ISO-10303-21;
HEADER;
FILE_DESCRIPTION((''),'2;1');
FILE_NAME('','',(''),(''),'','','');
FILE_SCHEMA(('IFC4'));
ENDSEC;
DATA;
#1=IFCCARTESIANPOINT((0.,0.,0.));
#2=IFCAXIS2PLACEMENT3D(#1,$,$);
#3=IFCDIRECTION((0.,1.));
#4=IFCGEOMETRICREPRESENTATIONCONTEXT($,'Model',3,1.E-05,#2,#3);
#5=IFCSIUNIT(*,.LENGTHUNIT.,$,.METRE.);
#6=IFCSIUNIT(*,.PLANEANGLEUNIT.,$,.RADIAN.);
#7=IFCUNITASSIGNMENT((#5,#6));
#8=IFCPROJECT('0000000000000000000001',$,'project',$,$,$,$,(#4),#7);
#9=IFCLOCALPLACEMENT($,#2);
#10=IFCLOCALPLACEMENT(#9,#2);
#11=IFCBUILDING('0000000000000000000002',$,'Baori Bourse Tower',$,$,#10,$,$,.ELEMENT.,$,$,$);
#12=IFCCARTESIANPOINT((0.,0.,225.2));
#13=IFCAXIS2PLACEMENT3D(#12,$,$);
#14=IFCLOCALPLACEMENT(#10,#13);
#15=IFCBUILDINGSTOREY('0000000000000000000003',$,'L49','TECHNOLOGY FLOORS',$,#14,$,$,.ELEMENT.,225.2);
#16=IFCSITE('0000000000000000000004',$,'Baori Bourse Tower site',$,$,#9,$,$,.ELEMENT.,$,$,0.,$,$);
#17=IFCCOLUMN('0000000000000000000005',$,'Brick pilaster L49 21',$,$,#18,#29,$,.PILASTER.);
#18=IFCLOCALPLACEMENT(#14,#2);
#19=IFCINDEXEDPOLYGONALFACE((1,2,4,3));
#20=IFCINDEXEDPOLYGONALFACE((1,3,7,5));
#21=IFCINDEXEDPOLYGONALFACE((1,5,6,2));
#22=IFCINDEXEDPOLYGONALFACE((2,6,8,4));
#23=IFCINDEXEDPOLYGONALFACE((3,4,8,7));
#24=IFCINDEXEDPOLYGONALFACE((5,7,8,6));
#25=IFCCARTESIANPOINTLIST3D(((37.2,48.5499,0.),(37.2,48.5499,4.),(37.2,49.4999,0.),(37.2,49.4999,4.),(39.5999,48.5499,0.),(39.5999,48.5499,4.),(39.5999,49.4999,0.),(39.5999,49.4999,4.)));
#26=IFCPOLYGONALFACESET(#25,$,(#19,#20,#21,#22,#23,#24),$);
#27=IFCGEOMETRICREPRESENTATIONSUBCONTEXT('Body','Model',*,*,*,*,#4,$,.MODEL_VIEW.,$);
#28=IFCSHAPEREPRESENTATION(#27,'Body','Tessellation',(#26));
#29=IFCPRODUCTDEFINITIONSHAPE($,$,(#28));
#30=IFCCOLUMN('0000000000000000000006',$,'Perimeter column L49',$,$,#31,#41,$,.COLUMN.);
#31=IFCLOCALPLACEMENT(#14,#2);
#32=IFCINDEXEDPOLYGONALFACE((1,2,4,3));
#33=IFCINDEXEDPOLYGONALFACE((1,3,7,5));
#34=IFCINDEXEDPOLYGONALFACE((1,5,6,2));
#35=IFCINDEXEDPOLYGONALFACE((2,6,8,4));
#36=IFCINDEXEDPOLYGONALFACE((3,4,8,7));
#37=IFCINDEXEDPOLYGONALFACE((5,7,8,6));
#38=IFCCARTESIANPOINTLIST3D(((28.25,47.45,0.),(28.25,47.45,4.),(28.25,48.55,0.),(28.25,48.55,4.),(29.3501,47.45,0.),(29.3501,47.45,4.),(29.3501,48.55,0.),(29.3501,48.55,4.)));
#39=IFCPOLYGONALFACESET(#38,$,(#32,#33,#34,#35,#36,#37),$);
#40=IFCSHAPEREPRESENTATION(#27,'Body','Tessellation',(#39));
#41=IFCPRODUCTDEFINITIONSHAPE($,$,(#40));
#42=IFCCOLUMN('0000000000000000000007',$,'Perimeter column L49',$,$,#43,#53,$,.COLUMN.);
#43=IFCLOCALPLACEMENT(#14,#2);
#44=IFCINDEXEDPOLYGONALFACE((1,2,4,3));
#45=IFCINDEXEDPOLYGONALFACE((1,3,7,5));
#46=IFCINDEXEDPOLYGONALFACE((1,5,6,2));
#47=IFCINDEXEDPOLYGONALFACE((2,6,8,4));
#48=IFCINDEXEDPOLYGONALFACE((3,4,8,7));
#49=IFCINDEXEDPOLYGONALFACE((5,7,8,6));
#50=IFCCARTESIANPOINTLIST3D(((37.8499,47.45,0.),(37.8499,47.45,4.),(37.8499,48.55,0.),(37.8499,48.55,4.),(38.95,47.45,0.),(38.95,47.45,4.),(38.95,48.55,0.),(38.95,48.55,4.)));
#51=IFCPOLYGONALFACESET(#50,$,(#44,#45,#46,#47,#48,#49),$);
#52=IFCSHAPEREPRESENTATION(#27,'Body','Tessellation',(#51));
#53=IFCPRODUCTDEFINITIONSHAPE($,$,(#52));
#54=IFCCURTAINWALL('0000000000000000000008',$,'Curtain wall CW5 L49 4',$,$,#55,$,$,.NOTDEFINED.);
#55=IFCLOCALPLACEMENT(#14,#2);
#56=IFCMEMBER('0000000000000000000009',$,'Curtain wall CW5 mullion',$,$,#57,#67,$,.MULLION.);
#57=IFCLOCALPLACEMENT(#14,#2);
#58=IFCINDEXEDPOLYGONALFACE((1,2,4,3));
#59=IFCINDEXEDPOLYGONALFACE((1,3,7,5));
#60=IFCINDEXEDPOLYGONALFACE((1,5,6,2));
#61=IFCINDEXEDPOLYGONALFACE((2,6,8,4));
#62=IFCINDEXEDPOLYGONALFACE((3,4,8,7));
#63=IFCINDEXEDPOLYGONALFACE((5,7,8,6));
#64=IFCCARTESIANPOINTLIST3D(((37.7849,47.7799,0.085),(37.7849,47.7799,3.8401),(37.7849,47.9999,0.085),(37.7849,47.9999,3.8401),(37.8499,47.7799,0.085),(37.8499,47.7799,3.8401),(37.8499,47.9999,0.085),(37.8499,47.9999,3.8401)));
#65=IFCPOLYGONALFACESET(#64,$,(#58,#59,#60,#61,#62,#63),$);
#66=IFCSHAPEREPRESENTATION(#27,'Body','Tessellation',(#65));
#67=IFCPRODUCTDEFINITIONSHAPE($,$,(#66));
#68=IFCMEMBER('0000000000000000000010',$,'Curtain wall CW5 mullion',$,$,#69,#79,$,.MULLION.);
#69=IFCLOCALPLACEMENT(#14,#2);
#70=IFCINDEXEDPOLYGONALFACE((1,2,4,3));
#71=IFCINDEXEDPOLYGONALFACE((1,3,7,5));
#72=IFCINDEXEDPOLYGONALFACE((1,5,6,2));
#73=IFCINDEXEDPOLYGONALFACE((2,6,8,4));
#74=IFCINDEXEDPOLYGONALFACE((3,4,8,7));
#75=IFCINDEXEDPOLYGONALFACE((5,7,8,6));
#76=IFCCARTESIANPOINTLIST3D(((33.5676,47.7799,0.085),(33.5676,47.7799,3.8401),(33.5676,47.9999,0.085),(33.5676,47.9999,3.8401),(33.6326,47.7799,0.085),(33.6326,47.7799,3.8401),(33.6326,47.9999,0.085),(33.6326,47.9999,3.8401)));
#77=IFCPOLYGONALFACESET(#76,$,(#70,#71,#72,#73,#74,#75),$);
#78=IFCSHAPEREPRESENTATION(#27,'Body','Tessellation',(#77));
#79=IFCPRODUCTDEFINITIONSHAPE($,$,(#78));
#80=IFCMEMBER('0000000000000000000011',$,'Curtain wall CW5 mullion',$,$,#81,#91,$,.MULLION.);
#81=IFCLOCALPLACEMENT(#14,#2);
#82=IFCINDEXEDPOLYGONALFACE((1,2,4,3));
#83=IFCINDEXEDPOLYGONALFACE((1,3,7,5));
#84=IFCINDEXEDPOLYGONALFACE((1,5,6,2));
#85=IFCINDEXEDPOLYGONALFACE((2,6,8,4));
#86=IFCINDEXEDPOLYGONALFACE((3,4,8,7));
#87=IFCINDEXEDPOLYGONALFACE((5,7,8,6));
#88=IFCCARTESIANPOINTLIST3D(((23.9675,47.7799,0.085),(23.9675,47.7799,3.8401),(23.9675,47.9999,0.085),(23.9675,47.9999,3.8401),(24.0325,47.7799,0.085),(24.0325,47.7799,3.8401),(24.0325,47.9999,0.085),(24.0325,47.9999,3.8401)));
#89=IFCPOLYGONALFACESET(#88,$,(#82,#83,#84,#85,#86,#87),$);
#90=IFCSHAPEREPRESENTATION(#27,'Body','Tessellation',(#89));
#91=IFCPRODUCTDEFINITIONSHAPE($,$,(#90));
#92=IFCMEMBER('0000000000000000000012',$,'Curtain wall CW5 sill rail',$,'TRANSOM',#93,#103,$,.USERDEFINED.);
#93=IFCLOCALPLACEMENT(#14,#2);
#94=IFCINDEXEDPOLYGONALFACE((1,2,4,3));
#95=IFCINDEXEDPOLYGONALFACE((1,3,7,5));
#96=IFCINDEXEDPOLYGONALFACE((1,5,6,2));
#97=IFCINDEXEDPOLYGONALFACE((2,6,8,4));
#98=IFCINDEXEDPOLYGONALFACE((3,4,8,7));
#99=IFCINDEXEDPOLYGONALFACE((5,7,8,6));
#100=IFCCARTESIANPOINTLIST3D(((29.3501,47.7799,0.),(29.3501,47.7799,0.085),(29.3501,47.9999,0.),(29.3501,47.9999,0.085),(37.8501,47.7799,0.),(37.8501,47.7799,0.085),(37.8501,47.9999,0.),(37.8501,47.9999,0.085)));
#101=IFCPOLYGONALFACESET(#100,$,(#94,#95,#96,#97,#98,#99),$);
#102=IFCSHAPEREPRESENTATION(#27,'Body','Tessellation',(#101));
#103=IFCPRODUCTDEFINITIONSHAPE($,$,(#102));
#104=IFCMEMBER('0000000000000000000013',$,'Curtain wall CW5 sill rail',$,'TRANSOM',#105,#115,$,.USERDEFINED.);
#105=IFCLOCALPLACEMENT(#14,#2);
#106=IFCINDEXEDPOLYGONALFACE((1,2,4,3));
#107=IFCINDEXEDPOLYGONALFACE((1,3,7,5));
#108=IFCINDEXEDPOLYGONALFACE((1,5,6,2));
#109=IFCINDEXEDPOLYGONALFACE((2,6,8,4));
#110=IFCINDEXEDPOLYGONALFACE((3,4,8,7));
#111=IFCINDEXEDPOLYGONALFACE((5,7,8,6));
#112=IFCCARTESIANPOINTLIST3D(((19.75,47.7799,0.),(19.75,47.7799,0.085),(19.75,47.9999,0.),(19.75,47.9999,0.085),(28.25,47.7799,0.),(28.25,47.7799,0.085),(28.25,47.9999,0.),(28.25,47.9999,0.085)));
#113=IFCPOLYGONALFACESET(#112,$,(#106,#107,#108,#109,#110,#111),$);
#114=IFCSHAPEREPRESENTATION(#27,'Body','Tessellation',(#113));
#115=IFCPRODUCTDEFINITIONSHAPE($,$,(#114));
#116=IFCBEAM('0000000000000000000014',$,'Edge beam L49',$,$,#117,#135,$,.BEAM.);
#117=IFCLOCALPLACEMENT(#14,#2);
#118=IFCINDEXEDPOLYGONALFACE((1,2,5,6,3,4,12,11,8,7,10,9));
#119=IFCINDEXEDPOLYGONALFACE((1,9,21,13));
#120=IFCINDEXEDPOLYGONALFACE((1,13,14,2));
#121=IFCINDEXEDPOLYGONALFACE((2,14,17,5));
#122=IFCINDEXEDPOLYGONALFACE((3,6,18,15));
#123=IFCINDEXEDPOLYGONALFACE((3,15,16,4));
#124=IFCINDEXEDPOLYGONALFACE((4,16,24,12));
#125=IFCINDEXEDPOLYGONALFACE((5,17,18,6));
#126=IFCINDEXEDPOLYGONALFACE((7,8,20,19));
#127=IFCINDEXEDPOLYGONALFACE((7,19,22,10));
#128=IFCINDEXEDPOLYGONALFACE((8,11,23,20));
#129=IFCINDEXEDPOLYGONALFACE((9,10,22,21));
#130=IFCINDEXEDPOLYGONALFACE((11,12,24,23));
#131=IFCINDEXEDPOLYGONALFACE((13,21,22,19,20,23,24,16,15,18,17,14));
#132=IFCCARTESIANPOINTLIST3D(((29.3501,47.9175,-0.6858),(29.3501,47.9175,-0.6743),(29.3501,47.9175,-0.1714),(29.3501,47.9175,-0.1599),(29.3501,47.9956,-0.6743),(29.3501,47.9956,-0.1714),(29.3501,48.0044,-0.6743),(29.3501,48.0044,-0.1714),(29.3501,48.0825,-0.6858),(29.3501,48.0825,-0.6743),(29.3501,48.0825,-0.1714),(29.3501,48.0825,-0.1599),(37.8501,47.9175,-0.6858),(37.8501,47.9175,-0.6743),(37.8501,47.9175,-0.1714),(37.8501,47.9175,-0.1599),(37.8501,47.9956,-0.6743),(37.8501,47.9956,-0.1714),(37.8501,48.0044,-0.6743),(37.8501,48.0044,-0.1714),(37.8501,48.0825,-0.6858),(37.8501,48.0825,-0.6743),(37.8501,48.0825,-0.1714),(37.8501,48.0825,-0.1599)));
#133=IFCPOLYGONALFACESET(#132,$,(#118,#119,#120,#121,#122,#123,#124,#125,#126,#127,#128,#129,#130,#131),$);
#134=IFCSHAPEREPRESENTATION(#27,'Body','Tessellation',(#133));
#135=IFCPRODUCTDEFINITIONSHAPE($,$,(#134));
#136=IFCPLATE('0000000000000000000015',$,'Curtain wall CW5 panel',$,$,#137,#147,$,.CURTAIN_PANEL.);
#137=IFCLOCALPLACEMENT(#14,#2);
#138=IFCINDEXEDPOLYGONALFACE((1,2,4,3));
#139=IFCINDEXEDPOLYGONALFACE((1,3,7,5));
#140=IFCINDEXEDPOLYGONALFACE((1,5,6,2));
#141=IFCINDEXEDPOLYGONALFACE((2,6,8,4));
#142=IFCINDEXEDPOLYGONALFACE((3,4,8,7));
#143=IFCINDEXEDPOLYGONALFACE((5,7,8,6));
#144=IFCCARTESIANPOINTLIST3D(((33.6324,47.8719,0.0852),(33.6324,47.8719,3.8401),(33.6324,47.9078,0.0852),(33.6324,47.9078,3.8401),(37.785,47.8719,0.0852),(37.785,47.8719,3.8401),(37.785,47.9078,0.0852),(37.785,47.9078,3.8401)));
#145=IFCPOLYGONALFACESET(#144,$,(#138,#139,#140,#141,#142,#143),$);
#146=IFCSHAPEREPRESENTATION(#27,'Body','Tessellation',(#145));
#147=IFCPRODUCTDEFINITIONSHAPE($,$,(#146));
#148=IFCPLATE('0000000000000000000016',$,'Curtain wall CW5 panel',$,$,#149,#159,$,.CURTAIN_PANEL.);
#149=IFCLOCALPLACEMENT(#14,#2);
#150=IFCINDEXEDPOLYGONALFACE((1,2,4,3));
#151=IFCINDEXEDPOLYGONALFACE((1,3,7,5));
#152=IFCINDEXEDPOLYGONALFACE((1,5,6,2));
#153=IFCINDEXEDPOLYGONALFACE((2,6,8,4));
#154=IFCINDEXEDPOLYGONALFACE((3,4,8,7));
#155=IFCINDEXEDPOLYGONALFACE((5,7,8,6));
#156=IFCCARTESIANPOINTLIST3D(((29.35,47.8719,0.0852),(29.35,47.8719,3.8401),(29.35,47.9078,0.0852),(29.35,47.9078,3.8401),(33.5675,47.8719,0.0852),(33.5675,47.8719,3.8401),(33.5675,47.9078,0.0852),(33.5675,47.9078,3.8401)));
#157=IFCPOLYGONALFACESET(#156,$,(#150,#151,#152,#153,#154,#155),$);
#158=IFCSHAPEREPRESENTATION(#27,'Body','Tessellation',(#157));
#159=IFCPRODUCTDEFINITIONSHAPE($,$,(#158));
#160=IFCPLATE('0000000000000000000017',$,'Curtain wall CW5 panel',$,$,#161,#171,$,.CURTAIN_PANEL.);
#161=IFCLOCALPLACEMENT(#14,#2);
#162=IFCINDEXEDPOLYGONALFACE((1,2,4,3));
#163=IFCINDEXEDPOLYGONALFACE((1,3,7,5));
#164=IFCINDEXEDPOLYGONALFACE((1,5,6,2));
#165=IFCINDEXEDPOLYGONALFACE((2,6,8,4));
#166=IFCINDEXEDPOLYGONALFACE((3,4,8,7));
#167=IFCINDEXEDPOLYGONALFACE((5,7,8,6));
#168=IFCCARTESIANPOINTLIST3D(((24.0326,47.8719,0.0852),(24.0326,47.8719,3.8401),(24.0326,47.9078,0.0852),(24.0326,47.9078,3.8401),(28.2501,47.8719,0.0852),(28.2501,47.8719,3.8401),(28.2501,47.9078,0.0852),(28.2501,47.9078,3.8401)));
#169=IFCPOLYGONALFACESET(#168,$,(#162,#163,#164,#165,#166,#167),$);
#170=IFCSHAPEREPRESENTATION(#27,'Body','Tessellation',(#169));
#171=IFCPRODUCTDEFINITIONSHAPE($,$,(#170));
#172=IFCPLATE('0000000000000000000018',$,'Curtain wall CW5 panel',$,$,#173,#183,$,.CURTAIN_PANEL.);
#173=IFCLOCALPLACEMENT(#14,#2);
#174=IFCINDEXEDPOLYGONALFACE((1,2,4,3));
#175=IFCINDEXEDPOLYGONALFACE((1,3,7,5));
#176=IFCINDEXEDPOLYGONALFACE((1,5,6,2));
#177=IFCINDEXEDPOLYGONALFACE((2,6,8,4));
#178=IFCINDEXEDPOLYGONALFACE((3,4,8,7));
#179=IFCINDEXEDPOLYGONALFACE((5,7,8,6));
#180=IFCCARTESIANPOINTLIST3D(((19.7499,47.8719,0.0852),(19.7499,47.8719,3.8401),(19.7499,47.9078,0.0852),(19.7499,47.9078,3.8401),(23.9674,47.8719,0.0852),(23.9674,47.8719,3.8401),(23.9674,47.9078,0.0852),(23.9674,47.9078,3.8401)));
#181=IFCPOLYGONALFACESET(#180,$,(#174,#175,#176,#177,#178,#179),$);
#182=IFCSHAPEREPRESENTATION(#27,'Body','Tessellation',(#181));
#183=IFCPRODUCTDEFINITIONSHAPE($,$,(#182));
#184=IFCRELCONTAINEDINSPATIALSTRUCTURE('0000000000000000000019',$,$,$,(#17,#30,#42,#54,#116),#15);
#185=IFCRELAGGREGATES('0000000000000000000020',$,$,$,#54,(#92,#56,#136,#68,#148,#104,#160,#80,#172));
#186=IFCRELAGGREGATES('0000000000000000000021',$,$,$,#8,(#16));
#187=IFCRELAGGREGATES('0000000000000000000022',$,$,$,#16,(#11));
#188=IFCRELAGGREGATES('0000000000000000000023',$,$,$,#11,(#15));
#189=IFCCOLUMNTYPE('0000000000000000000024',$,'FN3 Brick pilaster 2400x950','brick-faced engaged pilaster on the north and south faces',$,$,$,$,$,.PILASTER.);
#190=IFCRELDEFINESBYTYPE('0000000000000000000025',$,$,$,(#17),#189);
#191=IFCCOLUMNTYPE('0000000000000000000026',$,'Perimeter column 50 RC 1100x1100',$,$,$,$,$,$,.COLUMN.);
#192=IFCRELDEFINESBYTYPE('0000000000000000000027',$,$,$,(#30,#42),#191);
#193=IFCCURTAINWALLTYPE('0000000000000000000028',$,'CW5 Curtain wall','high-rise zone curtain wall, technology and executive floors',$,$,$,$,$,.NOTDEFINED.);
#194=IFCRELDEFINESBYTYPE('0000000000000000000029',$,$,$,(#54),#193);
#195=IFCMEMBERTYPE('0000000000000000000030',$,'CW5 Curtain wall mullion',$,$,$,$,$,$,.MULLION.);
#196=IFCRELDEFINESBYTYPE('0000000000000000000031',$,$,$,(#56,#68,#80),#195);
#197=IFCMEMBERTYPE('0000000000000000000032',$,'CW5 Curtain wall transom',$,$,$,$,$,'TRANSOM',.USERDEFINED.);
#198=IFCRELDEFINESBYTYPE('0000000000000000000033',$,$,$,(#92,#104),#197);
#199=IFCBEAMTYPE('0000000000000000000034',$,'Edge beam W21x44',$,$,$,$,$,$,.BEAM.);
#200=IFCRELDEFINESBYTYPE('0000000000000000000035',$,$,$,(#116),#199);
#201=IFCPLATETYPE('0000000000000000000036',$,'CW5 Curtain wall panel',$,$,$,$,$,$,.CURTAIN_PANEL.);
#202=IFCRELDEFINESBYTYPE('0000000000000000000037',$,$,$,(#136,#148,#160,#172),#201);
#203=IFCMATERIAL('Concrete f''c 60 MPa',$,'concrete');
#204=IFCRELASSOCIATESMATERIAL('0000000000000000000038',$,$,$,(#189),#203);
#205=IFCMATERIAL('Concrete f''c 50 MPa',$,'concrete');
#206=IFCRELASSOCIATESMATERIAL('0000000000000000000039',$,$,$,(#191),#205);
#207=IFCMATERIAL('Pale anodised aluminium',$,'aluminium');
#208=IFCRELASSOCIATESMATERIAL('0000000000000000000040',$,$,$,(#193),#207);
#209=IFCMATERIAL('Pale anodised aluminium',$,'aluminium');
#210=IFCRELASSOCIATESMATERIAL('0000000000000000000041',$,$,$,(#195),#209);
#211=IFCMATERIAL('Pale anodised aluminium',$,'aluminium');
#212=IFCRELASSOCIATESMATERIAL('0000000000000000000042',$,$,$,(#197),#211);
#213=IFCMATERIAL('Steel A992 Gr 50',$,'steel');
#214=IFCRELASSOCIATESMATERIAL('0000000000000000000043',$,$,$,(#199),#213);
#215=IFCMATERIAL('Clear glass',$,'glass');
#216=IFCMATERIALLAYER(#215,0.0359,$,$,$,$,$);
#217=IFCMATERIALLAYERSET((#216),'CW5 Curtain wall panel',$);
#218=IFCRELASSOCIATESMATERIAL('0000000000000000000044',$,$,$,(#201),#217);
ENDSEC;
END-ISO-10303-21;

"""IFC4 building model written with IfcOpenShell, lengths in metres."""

from ifc_helpers import new_model, si_unit, direction, frame, origin, origin_2d, place, context, subcontext, project, spatial, rectangle, i_section, extrude, material, layer, layer_set, material_profile, profile_set, type_object, element, aggregate, save


model = new_model("IFC4")

# Units and contexts
model_context = context("Model", 3, precision=1e-05, world=origin(), true_north=direction((0.0, 1.0)))
body_context = subcontext(model_context, "Body", "Model", "MODEL_VIEW")
ifc_project = project(units=[si_unit("LENGTHUNIT", "METRE"), si_unit("PLANEANGLEUNIT", "RADIAN")], contexts=[model_context])

# Site, building, storey
site_placement = place(None, origin())
site = spatial("IfcSite", under=ifc_project, at=site_placement, Name="Baori Bourse Tower site", CompositionType="ELEMENT", RefElevation=0.0)
building_placement = place(site_placement, origin())
building = spatial("IfcBuilding", under=site, at=building_placement, Name="Baori Bourse Tower", CompositionType="ELEMENT")
storey_placement = place(building_placement, frame((0.0, 0.0, 225.2)))
storey = spatial("IfcBuildingStorey", under=building, at=storey_placement, Name="L49", Description="TECHNOLOGY FLOORS", CompositionType="ELEMENT", Elevation=225.2)

# Columns
ifc_material_1 = material(Name="Concrete f'c 60 MPa", Category="concrete")
ifc_material_profile_1 = material_profile(ifc_material_1, rectangle(XDim=2.3999, YDim=0.95, at=origin_2d()), Name="RC 2400x950")
ifc_profile_set_1 = profile_set([ifc_material_profile_1], Name="Concrete f'c 60 MPa")
column_type_1 = type_object("IfcColumnType", Name="FN3 Brick pilaster 2400x950", Description="brick-faced engaged pilaster on the north and south faces", PredefinedType="PILASTER", material=ifc_profile_set_1)
column_placement = place(storey_placement, frame((38.3999, 49.0249, 0.0), z_axis=(0.0, 0.0, 1.0), x_axis=(1.0, 0.0, 0.0)))
element("IfcColumn", 1, at=column_placement, inside=storey, type_object=column_type_1, Name="Brick pilaster L49 21", PredefinedType="PILASTER", context=body_context, shape_type="SweptSolid", body=[
    extrude(rectangle(XDim=2.3999, YDim=0.95, at=origin_2d()), origin(), (0.0, 0.0, 1.0), 4.0),
])
ifc_material_2 = material(Name="Concrete f'c 50 MPa", Category="concrete")
ifc_material_profile_2 = material_profile(ifc_material_2, rectangle(XDim=1.1001, YDim=1.1001, at=origin_2d()), Name="RC 1100x1100")
ifc_profile_set_2 = profile_set([ifc_material_profile_2], Name="Concrete f'c 50 MPa")
column_type_2 = type_object("IfcColumnType", Name="Perimeter column 50 RC 1100x1100", PredefinedType="COLUMN", material=ifc_profile_set_2)
for number, where, z_axis, x_axis, name in (
    (2, (28.8, 48.0, 0.0), (0.0, 0.0, 1.0), (1.0, 0.0, 0.0), "Perimeter column L49"),
    (3, (38.3999, 48.0, 0.0), (0.0, 0.0, 1.0), (1.0, 0.0, 0.0), "Perimeter column L49"),
):
    element("IfcColumn", number, at=place(storey_placement, frame(where, z_axis=z_axis, x_axis=x_axis)), inside=storey, type_object=column_type_2, Name=name, PredefinedType="COLUMN", context=body_context, shape_type="SweptSolid", body=[
        extrude(rectangle(XDim=1.1001, YDim=1.1001, at=origin_2d()), origin(), (0.0, 0.0, 1.0), 4.0),
    ])

# Curtain wall, members
ifc_material_3 = material(Name="Pale anodised aluminium", Category="aluminium")
curtain_wall_type = type_object("IfcCurtainWallType", Name="CW5 Curtain wall", Description="high-rise zone curtain wall, technology and executive floors", PredefinedType="NOTDEFINED", material=ifc_material_3)
curtain_wall_placement = place(storey_placement, origin())
curtain_wall = element("IfcCurtainWall", 4, at=curtain_wall_placement, inside=storey, type_object=curtain_wall_type, Name="Curtain wall CW5 L49 4", PredefinedType="NOTDEFINED")
ifc_material_4 = material(Name="Pale anodised aluminium", Category="aluminium")
ifc_material_profile_3 = material_profile(ifc_material_4, rectangle(XDim=0.22, YDim=0.0649, at=origin_2d()), Name="Mullion 65x220")
ifc_profile_set_3 = profile_set([ifc_material_profile_3], Name="Pale anodised aluminium")
member_type_1 = type_object("IfcMemberType", Name="CW5 Curtain wall mullion", PredefinedType="MULLION", material=ifc_profile_set_3)
member_1_placement = place(storey_placement, frame((37.8174, 47.8899, 0.085), z_axis=(0.0, 0.0, 1.0), x_axis=(0.0, -1.0, 0.0)))
member_1 = element("IfcMember", 5, at=member_1_placement, type_object=member_type_1, Name="Curtain wall CW5 mullion", PredefinedType="MULLION", context=body_context, shape_type="SweptSolid", body=[
    extrude(rectangle(XDim=0.22, YDim=0.0649, at=origin_2d()), origin(), (0.0, 0.0, 1.0), 3.7551),
])
member_2_placement = place(storey_placement, frame((33.6001, 47.8899, 0.085), z_axis=(0.0, 0.0, 1.0), x_axis=(0.0, -1.0, 0.0)))
member_2 = element("IfcMember", 6, at=member_2_placement, type_object=member_type_1, Name="Curtain wall CW5 mullion", PredefinedType="MULLION", context=body_context, shape_type="SweptSolid", body=[
    extrude(rectangle(XDim=0.22, YDim=0.0649, at=origin_2d()), origin(), (0.0, 0.0, 1.0), 3.7551),
])
member_3_placement = place(storey_placement, frame((24.0, 47.8899, 0.085), z_axis=(0.0, 0.0, 1.0), x_axis=(0.0, -1.0, 0.0)))
member_3 = element("IfcMember", 7, at=member_3_placement, type_object=member_type_1, Name="Curtain wall CW5 mullion", PredefinedType="MULLION", context=body_context, shape_type="SweptSolid", body=[
    extrude(rectangle(XDim=0.22, YDim=0.0649, at=origin_2d()), origin(), (0.0, 0.0, 1.0), 3.7551),
])
ifc_material_5 = material(Name="Pale anodised aluminium", Category="aluminium")
ifc_material_profile_4 = material_profile(ifc_material_5, rectangle(XDim=0.22, YDim=0.085, at=origin_2d()), Name="Transom 85x220")
ifc_profile_set_4 = profile_set([ifc_material_profile_4], Name="Pale anodised aluminium")
member_type_2 = type_object("IfcMemberType", Name="CW5 Curtain wall transom", ElementType="TRANSOM", PredefinedType="USERDEFINED", material=ifc_profile_set_4)
member_4_placement = place(storey_placement, frame((37.8501, 47.8899, 0.0425), z_axis=(-1.0, 0.0, 0.0), x_axis=(0.0, -1.0, 0.0)))
member_4 = element("IfcMember", 8, at=member_4_placement, type_object=member_type_2, Name="Curtain wall CW5 sill rail", ObjectType="TRANSOM", PredefinedType="USERDEFINED", context=body_context, shape_type="SweptSolid", body=[
    extrude(rectangle(XDim=0.22, YDim=0.085, at=origin_2d()), origin(), (0.0, 0.0, 1.0), 8.5),
])
member_5_placement = place(storey_placement, frame((28.25, 47.8899, 0.0425), z_axis=(-1.0, 0.0, 0.0), x_axis=(0.0, -1.0, 0.0)))
member_5 = element("IfcMember", 9, at=member_5_placement, type_object=member_type_2, Name="Curtain wall CW5 sill rail", ObjectType="TRANSOM", PredefinedType="USERDEFINED", context=body_context, shape_type="SweptSolid", body=[
    extrude(rectangle(XDim=0.22, YDim=0.085, at=origin_2d()), origin(), (0.0, 0.0, 1.0), 8.5),
])

# Beam
ifc_material_6 = material(Name="Steel A992 Gr 50", Category="steel")
ifc_material_profile_5 = material_profile(ifc_material_6, i_section(OverallWidth=0.165, OverallDepth=0.5259, WebThickness=0.0088, FlangeThickness=0.0115, at=origin_2d()), Name="W21x44")
ifc_profile_set_5 = profile_set([ifc_material_profile_5], Name="Steel A992 Gr 50")
beam_type = type_object("IfcBeamType", Name="Edge beam W21x44", PredefinedType="BEAM", material=ifc_profile_set_5)
beam_placement = place(storey_placement, frame((29.3501, 48.0, -0.4229), z_axis=(1.0, 0.0, 0.0), x_axis=(0.0, 1.0, 0.0)))
element("IfcBeam", 10, at=beam_placement, inside=storey, type_object=beam_type, Name="Edge beam L49", PredefinedType="BEAM", context=body_context, shape_type="SweptSolid", body=[
    extrude(i_section(OverallWidth=0.165, OverallDepth=0.5259, WebThickness=0.0088, FlangeThickness=0.0115, at=origin_2d()), origin(), (0.0, 0.0, 1.0), 8.5),
])

# Plates
ifc_material_7 = material(Name="Clear glass", Category="glass")
ifc_layer_1 = layer(ifc_material_7, 0.0359)
ifc_layer_set_1 = layer_set([ifc_layer_1], Name="CW5 Curtain wall panel")
plate_type = type_object("IfcPlateType", Name="CW5 Curtain wall panel", PredefinedType="CURTAIN_PANEL", material=ifc_layer_set_1)
plate_1_placement = place(storey_placement, frame((35.7087, 47.8899, 0.0852), z_axis=(0.0, 0.0, 1.0), x_axis=(-1.0, 0.0, 0.0)))
plate_1 = element("IfcPlate", 11, at=plate_1_placement, type_object=plate_type, Name="Curtain wall CW5 panel", PredefinedType="CURTAIN_PANEL", context=body_context, shape_type="SweptSolid", body=[
    extrude(rectangle(XDim=4.1526, YDim=0.0359, at=origin_2d()), origin(), (0.0, 0.0, 1.0), 3.7549),
])
plate_2_placement = place(storey_placement, frame((31.4587, 47.8899, 0.0852), z_axis=(0.0, 0.0, 1.0), x_axis=(-1.0, 0.0, 0.0)))
plate_2 = element("IfcPlate", 12, at=plate_2_placement, type_object=plate_type, Name="Curtain wall CW5 panel", PredefinedType="CURTAIN_PANEL", context=body_context, shape_type="SweptSolid", body=[
    extrude(rectangle(XDim=4.2175, YDim=0.0359, at=origin_2d()), origin(), (0.0, 0.0, 1.0), 3.7549),
])
plate_3_placement = place(storey_placement, frame((26.1414, 47.8899, 0.0852), z_axis=(0.0, 0.0, 1.0), x_axis=(-1.0, 0.0, 0.0)))
plate_3 = element("IfcPlate", 13, at=plate_3_placement, type_object=plate_type, Name="Curtain wall CW5 panel", PredefinedType="CURTAIN_PANEL", context=body_context, shape_type="SweptSolid", body=[
    extrude(rectangle(XDim=4.2175, YDim=0.0359, at=origin_2d()), origin(), (0.0, 0.0, 1.0), 3.7549),
])
plate_4_placement = place(storey_placement, frame((21.8586, 47.8899, 0.0852), z_axis=(0.0, 0.0, 1.0), x_axis=(-1.0, 0.0, 0.0)))
plate_4 = element("IfcPlate", 14, at=plate_4_placement, type_object=plate_type, Name="Curtain wall CW5 panel", PredefinedType="CURTAIN_PANEL", context=body_context, shape_type="SweptSolid", body=[
    extrude(rectangle(XDim=4.2175, YDim=0.0359, at=origin_2d()), origin(), (0.0, 0.0, 1.0), 3.7549),
])
aggregate(curtain_wall, [member_4, member_1, plate_1, member_2, plate_2, member_5, plate_3, member_3, plate_4])

save(model, "model.ifc")
